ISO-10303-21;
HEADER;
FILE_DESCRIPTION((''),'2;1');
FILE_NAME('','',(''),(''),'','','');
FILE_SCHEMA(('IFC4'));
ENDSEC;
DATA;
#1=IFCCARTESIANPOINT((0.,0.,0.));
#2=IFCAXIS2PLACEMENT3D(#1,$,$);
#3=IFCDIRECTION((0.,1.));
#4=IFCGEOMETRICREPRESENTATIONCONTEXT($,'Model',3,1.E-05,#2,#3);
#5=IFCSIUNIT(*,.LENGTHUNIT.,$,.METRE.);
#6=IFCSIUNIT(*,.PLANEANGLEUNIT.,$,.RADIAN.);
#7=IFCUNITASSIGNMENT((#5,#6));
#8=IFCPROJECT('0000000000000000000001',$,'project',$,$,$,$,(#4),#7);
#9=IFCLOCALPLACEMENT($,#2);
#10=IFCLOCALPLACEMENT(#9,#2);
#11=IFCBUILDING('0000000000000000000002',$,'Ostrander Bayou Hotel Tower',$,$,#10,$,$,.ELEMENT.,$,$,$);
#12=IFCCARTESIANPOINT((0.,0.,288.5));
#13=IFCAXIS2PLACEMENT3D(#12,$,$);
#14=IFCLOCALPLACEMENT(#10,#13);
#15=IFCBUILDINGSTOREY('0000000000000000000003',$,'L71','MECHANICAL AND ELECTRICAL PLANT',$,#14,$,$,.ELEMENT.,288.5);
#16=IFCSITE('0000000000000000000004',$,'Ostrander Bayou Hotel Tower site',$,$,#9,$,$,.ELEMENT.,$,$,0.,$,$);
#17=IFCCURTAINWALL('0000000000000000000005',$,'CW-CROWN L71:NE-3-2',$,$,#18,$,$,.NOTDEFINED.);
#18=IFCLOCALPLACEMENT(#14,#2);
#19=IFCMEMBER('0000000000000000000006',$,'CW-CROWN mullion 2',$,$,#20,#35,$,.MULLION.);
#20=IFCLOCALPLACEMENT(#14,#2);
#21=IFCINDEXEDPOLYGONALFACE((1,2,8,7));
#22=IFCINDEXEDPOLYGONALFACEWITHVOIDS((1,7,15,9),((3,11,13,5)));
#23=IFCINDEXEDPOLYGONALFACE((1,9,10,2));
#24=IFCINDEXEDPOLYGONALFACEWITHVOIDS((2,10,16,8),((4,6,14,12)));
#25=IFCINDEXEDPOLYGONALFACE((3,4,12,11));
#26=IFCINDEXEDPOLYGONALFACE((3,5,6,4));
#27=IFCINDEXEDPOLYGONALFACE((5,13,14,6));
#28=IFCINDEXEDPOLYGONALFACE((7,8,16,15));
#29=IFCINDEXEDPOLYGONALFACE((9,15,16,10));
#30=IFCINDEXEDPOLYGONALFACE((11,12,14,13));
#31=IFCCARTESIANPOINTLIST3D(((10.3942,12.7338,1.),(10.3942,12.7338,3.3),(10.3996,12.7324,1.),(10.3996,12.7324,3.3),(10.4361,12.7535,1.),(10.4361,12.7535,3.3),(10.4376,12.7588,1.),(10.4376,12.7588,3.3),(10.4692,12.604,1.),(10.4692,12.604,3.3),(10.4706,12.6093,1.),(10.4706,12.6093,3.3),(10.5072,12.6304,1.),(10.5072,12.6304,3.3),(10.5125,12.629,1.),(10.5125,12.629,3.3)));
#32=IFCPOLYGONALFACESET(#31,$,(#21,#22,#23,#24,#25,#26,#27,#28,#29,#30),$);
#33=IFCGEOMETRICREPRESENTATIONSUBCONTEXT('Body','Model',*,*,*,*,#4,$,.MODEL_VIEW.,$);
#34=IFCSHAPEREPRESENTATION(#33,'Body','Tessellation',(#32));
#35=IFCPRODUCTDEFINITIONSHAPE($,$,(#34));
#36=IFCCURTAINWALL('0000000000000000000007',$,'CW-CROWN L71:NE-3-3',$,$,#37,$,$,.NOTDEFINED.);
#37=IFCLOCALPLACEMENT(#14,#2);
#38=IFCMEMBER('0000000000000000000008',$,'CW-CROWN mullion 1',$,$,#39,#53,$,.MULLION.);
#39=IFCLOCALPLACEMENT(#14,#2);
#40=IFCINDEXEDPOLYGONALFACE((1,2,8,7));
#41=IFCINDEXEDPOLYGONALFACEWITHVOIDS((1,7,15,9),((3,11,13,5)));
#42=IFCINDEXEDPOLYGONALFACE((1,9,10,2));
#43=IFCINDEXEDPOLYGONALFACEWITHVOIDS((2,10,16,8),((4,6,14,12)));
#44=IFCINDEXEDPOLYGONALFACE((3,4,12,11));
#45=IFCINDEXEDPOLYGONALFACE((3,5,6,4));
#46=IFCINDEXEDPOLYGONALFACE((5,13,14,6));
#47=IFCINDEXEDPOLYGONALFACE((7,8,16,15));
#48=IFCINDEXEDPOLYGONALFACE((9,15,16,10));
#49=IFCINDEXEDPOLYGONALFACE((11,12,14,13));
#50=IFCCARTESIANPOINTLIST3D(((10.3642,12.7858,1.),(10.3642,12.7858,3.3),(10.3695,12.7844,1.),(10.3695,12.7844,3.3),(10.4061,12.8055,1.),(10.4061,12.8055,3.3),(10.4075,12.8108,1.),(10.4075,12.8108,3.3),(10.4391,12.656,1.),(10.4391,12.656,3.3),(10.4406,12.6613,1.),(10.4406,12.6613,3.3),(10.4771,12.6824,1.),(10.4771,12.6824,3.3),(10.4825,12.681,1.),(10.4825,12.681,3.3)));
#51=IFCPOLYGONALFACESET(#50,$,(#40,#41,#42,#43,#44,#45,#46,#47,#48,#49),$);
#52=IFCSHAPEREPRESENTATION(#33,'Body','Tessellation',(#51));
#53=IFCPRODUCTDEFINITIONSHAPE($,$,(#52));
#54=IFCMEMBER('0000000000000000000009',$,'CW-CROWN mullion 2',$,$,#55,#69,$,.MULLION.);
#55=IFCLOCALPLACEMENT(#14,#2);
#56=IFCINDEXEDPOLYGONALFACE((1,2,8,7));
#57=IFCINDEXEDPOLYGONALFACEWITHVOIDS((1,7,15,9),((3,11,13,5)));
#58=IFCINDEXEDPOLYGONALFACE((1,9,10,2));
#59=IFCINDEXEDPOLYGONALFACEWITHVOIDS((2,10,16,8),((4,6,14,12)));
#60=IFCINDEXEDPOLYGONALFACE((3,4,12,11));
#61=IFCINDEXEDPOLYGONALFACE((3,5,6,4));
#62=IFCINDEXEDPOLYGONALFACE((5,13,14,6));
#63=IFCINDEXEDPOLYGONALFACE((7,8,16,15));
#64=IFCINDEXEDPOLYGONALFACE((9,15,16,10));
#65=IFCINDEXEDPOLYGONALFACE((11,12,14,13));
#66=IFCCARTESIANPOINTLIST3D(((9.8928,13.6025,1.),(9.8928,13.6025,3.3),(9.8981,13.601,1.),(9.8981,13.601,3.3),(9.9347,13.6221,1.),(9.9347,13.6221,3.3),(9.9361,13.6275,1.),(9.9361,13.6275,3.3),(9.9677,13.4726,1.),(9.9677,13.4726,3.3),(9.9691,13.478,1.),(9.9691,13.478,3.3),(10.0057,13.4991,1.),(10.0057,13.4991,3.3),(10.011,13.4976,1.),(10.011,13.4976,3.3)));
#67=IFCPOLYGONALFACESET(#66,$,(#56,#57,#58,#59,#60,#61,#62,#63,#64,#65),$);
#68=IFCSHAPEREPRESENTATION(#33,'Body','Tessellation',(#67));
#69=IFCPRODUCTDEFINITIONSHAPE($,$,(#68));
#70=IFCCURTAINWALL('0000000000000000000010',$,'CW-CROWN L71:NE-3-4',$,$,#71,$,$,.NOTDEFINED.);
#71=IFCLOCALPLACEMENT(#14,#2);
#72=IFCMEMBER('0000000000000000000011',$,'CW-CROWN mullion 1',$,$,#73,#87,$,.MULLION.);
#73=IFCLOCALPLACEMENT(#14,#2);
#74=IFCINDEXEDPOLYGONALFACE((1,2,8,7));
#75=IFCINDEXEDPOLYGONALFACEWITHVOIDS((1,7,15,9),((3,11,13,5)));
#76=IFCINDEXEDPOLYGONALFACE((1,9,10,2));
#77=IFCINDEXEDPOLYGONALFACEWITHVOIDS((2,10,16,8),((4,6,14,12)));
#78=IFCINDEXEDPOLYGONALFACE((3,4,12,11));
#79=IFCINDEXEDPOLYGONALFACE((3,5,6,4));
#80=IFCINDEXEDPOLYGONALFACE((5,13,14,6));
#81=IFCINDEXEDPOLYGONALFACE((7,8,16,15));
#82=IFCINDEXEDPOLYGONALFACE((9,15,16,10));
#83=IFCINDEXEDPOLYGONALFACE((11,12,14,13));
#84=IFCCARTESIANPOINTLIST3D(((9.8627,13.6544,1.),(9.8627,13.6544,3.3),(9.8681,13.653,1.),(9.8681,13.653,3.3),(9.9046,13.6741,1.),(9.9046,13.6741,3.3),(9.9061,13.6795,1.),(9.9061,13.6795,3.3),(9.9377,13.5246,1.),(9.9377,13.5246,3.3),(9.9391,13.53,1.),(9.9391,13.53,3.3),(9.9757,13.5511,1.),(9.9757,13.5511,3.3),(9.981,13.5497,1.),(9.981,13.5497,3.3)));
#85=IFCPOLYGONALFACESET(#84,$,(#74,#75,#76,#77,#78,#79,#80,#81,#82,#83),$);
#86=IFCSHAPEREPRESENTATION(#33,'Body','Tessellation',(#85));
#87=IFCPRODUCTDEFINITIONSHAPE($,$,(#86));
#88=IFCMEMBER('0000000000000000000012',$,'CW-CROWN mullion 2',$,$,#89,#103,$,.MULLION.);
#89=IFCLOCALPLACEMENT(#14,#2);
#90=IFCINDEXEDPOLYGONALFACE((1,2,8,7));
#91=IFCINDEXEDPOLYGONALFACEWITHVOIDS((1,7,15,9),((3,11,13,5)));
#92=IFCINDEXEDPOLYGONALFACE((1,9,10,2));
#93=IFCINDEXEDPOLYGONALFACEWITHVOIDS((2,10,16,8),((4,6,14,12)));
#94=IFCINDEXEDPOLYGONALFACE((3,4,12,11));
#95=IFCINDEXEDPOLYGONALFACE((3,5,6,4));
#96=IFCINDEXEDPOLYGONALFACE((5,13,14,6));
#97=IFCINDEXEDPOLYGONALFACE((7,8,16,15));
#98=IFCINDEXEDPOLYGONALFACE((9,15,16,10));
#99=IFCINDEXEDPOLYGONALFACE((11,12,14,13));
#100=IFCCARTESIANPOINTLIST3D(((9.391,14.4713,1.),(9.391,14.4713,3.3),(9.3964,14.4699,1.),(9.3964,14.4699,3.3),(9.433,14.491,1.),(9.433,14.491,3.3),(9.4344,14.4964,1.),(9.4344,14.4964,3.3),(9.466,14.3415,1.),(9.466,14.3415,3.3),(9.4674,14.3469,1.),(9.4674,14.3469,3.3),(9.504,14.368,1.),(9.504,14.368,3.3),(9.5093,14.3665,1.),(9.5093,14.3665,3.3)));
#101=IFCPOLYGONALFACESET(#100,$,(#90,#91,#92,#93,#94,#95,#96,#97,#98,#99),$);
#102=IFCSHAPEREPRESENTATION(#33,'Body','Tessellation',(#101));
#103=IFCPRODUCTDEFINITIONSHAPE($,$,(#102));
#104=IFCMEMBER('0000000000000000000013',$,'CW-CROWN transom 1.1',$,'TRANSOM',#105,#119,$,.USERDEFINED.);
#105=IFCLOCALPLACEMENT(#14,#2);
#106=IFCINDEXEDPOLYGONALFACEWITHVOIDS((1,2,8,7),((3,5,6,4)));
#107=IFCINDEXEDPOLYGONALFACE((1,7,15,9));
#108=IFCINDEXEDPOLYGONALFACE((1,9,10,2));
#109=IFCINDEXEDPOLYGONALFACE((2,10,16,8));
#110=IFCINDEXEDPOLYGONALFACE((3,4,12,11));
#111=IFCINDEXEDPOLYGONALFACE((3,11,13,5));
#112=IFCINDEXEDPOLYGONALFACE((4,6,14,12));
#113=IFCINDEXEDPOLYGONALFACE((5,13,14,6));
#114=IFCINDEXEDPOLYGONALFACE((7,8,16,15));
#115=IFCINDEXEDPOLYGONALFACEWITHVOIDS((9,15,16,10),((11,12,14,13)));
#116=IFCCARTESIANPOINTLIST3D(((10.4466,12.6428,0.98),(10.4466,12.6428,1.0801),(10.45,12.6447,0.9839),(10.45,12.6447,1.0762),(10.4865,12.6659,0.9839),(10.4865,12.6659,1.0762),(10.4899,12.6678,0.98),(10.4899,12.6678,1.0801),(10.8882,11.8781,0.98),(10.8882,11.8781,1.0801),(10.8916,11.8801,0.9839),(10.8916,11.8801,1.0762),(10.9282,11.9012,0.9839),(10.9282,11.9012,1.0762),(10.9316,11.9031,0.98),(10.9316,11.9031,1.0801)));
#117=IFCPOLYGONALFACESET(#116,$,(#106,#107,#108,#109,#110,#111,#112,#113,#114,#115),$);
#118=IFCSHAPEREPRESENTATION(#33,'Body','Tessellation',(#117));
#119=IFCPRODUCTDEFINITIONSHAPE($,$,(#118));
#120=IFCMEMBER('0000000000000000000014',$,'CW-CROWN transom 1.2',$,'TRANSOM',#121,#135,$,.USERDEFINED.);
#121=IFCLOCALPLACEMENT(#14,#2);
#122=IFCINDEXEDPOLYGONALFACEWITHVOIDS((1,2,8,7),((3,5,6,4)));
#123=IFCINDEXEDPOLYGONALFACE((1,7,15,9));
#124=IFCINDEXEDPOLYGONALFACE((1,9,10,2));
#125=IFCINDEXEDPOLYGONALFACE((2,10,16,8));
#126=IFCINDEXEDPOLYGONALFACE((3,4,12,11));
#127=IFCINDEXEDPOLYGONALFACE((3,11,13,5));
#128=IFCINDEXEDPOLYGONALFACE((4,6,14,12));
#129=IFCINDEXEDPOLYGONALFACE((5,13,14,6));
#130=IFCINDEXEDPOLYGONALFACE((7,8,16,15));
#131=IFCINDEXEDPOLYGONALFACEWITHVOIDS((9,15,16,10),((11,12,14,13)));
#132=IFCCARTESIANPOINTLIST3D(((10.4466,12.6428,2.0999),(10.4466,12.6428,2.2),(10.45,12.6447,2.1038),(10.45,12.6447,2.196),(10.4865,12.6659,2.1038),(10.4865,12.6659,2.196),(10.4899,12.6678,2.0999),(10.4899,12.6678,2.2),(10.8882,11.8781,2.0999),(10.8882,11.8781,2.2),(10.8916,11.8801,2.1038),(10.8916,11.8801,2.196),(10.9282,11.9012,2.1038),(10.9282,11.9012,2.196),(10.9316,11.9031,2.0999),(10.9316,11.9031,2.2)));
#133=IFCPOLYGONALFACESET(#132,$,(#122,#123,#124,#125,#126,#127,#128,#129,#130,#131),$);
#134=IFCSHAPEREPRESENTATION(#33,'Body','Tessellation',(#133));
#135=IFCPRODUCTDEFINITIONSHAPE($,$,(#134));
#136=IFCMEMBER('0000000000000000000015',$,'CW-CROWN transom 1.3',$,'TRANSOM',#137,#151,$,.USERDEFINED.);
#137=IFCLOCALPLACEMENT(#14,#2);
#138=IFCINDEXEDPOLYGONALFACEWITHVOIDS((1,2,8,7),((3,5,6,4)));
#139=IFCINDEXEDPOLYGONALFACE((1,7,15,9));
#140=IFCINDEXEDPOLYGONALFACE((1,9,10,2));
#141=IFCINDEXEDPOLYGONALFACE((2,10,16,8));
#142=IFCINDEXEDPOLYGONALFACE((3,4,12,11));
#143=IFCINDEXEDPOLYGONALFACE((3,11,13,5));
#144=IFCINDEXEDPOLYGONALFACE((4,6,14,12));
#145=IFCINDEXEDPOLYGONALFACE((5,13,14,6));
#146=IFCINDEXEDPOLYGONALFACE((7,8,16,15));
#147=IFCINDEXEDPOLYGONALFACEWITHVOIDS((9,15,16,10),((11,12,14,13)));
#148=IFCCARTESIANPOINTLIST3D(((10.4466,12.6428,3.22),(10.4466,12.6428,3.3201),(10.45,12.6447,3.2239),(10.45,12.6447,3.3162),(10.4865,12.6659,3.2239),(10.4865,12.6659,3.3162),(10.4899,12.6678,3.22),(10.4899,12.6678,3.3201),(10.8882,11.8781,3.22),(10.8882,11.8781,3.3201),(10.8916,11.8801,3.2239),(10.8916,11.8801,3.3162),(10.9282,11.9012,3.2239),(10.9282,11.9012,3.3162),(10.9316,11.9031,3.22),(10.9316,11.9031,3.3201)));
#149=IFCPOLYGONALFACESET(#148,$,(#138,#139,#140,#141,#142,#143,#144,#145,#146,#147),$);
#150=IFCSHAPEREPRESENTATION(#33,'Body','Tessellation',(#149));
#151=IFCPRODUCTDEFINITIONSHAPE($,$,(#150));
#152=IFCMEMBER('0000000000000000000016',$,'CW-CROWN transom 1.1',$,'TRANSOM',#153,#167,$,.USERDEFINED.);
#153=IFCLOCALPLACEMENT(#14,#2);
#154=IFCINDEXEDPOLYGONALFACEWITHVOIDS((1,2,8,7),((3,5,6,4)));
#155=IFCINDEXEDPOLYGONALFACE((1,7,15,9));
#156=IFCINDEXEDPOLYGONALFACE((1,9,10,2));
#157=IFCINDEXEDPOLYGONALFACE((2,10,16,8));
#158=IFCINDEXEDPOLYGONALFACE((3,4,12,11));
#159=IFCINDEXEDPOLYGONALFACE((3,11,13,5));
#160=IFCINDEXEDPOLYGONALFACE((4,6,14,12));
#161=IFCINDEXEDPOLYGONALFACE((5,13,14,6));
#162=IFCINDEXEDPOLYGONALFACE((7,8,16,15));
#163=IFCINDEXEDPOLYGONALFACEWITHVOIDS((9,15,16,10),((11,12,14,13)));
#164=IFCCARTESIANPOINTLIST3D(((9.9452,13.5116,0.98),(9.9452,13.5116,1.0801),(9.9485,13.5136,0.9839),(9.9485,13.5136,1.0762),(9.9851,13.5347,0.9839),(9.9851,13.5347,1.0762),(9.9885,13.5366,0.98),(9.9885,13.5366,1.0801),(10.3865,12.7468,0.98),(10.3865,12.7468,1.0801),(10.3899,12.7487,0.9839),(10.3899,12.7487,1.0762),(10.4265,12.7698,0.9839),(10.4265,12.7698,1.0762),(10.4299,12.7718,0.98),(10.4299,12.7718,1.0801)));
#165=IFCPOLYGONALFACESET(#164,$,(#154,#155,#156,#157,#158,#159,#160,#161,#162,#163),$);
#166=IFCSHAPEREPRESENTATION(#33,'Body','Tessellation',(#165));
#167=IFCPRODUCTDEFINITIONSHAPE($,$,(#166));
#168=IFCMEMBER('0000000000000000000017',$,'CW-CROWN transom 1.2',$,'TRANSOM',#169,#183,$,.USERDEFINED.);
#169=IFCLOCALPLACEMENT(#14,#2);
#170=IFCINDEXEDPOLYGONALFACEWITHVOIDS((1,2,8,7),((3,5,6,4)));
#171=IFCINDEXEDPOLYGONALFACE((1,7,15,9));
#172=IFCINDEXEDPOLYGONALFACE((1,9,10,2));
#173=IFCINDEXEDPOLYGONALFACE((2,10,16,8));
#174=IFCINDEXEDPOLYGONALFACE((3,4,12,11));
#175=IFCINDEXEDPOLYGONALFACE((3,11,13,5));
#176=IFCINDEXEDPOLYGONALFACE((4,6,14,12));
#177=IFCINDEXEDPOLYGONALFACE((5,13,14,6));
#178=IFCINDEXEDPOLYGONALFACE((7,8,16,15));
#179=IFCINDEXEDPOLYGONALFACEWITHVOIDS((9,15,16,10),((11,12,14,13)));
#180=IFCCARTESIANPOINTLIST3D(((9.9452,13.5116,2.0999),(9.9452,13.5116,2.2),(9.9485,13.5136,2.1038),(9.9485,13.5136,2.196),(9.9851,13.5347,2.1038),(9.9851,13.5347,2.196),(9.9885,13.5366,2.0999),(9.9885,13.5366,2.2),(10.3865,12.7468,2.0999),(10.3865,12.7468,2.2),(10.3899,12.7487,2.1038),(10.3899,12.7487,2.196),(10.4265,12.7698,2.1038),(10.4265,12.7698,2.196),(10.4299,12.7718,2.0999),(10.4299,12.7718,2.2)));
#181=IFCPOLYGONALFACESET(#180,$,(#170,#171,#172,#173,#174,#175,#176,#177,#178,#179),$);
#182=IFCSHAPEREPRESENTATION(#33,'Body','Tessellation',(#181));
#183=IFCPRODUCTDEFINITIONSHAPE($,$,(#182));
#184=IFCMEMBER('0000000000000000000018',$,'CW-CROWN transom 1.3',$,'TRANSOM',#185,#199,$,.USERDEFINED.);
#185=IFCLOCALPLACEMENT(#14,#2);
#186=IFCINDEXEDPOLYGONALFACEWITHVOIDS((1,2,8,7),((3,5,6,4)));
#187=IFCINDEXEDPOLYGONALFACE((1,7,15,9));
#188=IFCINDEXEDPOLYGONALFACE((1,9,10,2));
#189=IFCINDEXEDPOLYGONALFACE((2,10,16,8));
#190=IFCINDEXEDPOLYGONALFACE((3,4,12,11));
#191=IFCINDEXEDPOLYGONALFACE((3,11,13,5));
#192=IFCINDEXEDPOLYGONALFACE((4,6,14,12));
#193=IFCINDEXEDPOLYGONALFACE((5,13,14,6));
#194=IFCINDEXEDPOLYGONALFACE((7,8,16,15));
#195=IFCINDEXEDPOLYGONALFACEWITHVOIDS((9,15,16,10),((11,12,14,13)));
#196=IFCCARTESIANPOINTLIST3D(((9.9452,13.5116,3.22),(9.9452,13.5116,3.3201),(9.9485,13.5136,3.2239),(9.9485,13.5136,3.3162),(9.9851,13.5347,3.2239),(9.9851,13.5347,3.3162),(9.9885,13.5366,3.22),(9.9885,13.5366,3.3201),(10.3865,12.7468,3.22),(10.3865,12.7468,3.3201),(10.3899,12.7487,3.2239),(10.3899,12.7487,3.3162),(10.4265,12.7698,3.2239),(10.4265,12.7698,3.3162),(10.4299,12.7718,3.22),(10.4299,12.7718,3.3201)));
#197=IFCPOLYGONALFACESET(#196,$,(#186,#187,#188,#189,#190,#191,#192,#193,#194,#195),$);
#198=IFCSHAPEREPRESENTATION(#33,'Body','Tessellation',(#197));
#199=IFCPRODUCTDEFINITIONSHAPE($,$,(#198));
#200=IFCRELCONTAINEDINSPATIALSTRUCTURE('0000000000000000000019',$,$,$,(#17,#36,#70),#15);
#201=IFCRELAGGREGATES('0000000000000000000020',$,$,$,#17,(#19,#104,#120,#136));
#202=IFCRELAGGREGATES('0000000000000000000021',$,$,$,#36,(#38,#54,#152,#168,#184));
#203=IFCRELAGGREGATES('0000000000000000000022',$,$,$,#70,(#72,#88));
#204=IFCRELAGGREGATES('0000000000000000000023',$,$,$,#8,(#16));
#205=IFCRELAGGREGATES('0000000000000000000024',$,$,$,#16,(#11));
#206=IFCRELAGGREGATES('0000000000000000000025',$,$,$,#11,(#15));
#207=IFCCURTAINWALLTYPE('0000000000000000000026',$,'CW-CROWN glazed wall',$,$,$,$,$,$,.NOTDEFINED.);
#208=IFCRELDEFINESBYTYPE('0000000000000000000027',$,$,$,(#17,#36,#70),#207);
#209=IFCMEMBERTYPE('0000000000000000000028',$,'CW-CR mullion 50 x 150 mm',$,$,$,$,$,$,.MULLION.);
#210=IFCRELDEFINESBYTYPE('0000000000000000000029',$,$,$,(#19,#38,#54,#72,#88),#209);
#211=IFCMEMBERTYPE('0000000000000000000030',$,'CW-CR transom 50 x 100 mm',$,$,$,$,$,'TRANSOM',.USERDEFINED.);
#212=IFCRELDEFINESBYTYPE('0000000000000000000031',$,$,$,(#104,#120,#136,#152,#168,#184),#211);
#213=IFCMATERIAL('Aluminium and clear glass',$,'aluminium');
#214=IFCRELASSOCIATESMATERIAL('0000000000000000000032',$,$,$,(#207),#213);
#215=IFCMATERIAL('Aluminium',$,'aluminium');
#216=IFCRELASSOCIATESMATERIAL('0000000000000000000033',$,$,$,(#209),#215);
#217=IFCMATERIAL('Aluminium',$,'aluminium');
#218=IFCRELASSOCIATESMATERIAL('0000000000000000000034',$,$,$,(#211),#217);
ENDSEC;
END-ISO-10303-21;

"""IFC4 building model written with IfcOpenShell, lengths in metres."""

from ifc_helpers import new_model, si_unit, direction, frame, origin, origin_2d, place, context, subcontext, project, spatial, hollow_rectangle, extrude, material, material_profile, profile_set, type_object, element, aggregate, save


model = new_model("IFC4")

# Units and contexts
model_context = context("Model", 3, precision=1e-05, world=origin(), true_north=direction((0.0, 1.0)))
body_context = subcontext(model_context, "Body", "Model", "MODEL_VIEW")
ifc_project = project(units=[si_unit("LENGTHUNIT", "METRE"), si_unit("PLANEANGLEUNIT", "RADIAN")], contexts=[model_context])

# Site, building, storey
site_placement = place(None, origin())
site = spatial("IfcSite", under=ifc_project, at=site_placement, Name="Ostrander Bayou Hotel Tower site", CompositionType="ELEMENT", RefElevation=0.0)
building_placement = place(site_placement, origin())
building = spatial("IfcBuilding", under=site, at=building_placement, Name="Ostrander Bayou Hotel Tower", CompositionType="ELEMENT")
storey_placement = place(building_placement, frame((0.0, 0.0, 288.5)))
storey = spatial("IfcBuildingStorey", under=building, at=storey_placement, Name="L71", Description="MECHANICAL AND ELECTRICAL PLANT", CompositionType="ELEMENT", Elevation=288.5)

# Curtain wall, member
ifc_material_1 = material(Name="Aluminium and clear glass", Category="aluminium")
curtain_wall_type = type_object("IfcCurtainWallType", Name="CW-CROWN glazed wall", PredefinedType="NOTDEFINED", material=ifc_material_1)
curtain_wall_1_placement = place(storey_placement, origin())
curtain_wall_1 = element("IfcCurtainWall", 1, at=curtain_wall_1_placement, inside=storey, type_object=curtain_wall_type, Name="CW-CROWN L71:NE-3-2", PredefinedType="NOTDEFINED")
ifc_material_2 = material(Name="Aluminium", Category="aluminium")
ifc_material_profile_1 = material_profile(ifc_material_2, hollow_rectangle(XDim=0.05, YDim=0.1499, WallThickness=0.0039, at=origin_2d()))
ifc_profile_set_1 = profile_set([ifc_material_profile_1], Name="Aluminium")
member_type_1 = type_object("IfcMemberType", Name="CW-CR mullion 50 x 150 mm", PredefinedType="MULLION", material=ifc_profile_set_1)
member_1_placement = place(storey_placement, frame((10.4534, 12.6814, 1.0), z_axis=(0.0, 0.0, 1.0), x_axis=(-0.866001, -0.500042, 0.0)))
member_1 = element("IfcMember", 2, at=member_1_placement, type_object=member_type_1, Name="CW-CROWN mullion 2", PredefinedType="MULLION", context=body_context, shape_type="SweptSolid", body=[
    extrude(hollow_rectangle(XDim=0.05, YDim=0.1499, WallThickness=0.0039, at=origin_2d()), origin(), (0.0, 0.0, 1.0), 2.3),
])

# Curtain walls, members
curtain_wall_2_placement = place(storey_placement, origin())
curtain_wall_2 = element("IfcCurtainWall", 3, at=curtain_wall_2_placement, inside=storey, type_object=curtain_wall_type, Name="CW-CROWN L71:NE-3-3", PredefinedType="NOTDEFINED")
member_2_placement = place(storey_placement, frame((10.4233, 12.7334, 1.0), z_axis=(0.0, 0.0, 1.0), x_axis=(-0.866069, -0.499924, 0.0)))
member_2 = element("IfcMember", 4, at=member_2_placement, type_object=member_type_1, Name="CW-CROWN mullion 1", PredefinedType="MULLION", context=body_context, shape_type="SweptSolid", body=[
    extrude(hollow_rectangle(XDim=0.05, YDim=0.1499, WallThickness=0.0039, at=origin_2d()), origin(), (0.0, 0.0, 1.0), 2.3),
])
member_3_placement = place(storey_placement, frame((9.9519, 13.55, 1.0), z_axis=(0.0, 0.0, 1.0), x_axis=(-0.866069, -0.499924, 0.0)))
member_3 = element("IfcMember", 5, at=member_3_placement, type_object=member_type_1, Name="CW-CROWN mullion 2", PredefinedType="MULLION", context=body_context, shape_type="SweptSolid", body=[
    extrude(hollow_rectangle(XDim=0.05, YDim=0.1499, WallThickness=0.0039, at=origin_2d()), origin(), (0.0, 0.0, 1.0), 2.3),
])
curtain_wall_3_placement = place(storey_placement, origin())
curtain_wall_3 = element("IfcCurtainWall", 6, at=curtain_wall_3_placement, inside=storey, type_object=curtain_wall_type, Name="CW-CROWN L71:NE-3-4", PredefinedType="NOTDEFINED")
member_4_placement = place(storey_placement, frame((9.9219, 13.6021, 1.0), z_axis=(0.0, 0.0, 1.0), x_axis=(-0.866026, -0.499999, 0.0)))
member_4 = element("IfcMember", 7, at=member_4_placement, type_object=member_type_1, Name="CW-CROWN mullion 1", PredefinedType="MULLION", context=body_context, shape_type="SweptSolid", body=[
    extrude(hollow_rectangle(XDim=0.05, YDim=0.1499, WallThickness=0.0039, at=origin_2d()), origin(), (0.0, 0.0, 1.0), 2.3),
])
member_5_placement = place(storey_placement, frame((9.4502, 14.4189, 1.0), z_axis=(0.0, 0.0, 1.0), x_axis=(-0.866026, -0.499999, 0.0)))
member_5 = element("IfcMember", 8, at=member_5_placement, type_object=member_type_1, Name="CW-CROWN mullion 2", PredefinedType="MULLION", context=body_context, shape_type="SweptSolid", body=[
    extrude(hollow_rectangle(XDim=0.05, YDim=0.1499, WallThickness=0.0039, at=origin_2d()), origin(), (0.0, 0.0, 1.0), 2.3),
])

# Members
ifc_material_3 = material(Name="Aluminium", Category="aluminium")
ifc_material_profile_2 = material_profile(ifc_material_3, hollow_rectangle(XDim=0.05, YDim=0.1001, WallThickness=0.0039, at=origin_2d()))
ifc_profile_set_2 = profile_set([ifc_material_profile_2], Name="Aluminium")
member_type_2 = type_object("IfcMemberType", Name="CW-CR transom 50 x 100 mm", ElementType="TRANSOM", PredefinedType="USERDEFINED", material=ifc_profile_set_2)
member_6_placement = place(storey_placement, frame((10.9099, 11.8906, 1.03), z_axis=(-0.500153, 0.865937, 0.0), x_axis=(-0.865937, -0.500153, 0.0)))
member_6 = element("IfcMember", 9, at=member_6_placement, type_object=member_type_2, Name="CW-CROWN transom 1.1", ObjectType="TRANSOM", PredefinedType="USERDEFINED", context=body_context, shape_type="SweptSolid", body=[
    extrude(hollow_rectangle(XDim=0.05, YDim=0.1001, WallThickness=0.0039, at=origin_2d()), origin(), (0.0, 0.0, 1.0), 0.8831),
])
member_7_placement = place(storey_placement, frame((10.9099, 11.8906, 2.1499), z_axis=(-0.500153, 0.865937, 0.0), x_axis=(-0.865937, -0.500153, 0.0)))
member_7 = element("IfcMember", 10, at=member_7_placement, type_object=member_type_2, Name="CW-CROWN transom 1.2", ObjectType="TRANSOM", PredefinedType="USERDEFINED", context=body_context, shape_type="SweptSolid", body=[
    extrude(hollow_rectangle(XDim=0.05, YDim=0.1001, WallThickness=0.0039, at=origin_2d()), origin(), (0.0, 0.0, 1.0), 0.8831),
])
member_8_placement = place(storey_placement, frame((10.9099, 11.8906, 3.27), z_axis=(-0.500153, 0.865937, 0.0), x_axis=(-0.865937, -0.500153, 0.0)))
member_8 = element("IfcMember", 11, at=member_8_placement, type_object=member_type_2, Name="CW-CROWN transom 1.3", ObjectType="TRANSOM", PredefinedType="USERDEFINED", context=body_context, shape_type="SweptSolid", body=[
    extrude(hollow_rectangle(XDim=0.05, YDim=0.1001, WallThickness=0.0039, at=origin_2d()), origin(), (0.0, 0.0, 1.0), 0.8831),
])
member_9_placement = place(storey_placement, frame((10.4082, 12.7593, 1.03), z_axis=(-0.499826, 0.866126, 0.0), x_axis=(-0.866126, -0.499826, 0.0)))
member_9 = element("IfcMember", 12, at=member_9_placement, type_object=member_type_2, Name="CW-CROWN transom 1.1", ObjectType="TRANSOM", PredefinedType="USERDEFINED", context=body_context, shape_type="SweptSolid", body=[
    extrude(hollow_rectangle(XDim=0.05, YDim=0.1001, WallThickness=0.0039, at=origin_2d()), origin(), (0.0, 0.0, 1.0), 0.8831),
])
member_10_placement = place(storey_placement, frame((10.4082, 12.7593, 2.1499), z_axis=(-0.499826, 0.866126, 0.0), x_axis=(-0.866126, -0.499826, 0.0)))
member_10 = element("IfcMember", 13, at=member_10_placement, type_object=member_type_2, Name="CW-CROWN transom 1.2", ObjectType="TRANSOM", PredefinedType="USERDEFINED", context=body_context, shape_type="SweptSolid", body=[
    extrude(hollow_rectangle(XDim=0.05, YDim=0.1001, WallThickness=0.0039, at=origin_2d()), origin(), (0.0, 0.0, 1.0), 0.8831),
])
member_11_placement = place(storey_placement, frame((10.4082, 12.7593, 3.27), z_axis=(-0.499826, 0.866126, 0.0), x_axis=(-0.866126, -0.499826, 0.0)))
member_11 = element("IfcMember", 14, at=member_11_placement, type_object=member_type_2, Name="CW-CROWN transom 1.3", ObjectType="TRANSOM", PredefinedType="USERDEFINED", context=body_context, shape_type="SweptSolid", body=[
    extrude(hollow_rectangle(XDim=0.05, YDim=0.1001, WallThickness=0.0039, at=origin_2d()), origin(), (0.0, 0.0, 1.0), 0.8831),
])

aggregate(curtain_wall_1, [member_1, member_6, member_7, member_8])
aggregate(curtain_wall_2, [member_2, member_3, member_9, member_10, member_11])
aggregate(curtain_wall_3, [member_4, member_5])

save(model, "model.ifc")
